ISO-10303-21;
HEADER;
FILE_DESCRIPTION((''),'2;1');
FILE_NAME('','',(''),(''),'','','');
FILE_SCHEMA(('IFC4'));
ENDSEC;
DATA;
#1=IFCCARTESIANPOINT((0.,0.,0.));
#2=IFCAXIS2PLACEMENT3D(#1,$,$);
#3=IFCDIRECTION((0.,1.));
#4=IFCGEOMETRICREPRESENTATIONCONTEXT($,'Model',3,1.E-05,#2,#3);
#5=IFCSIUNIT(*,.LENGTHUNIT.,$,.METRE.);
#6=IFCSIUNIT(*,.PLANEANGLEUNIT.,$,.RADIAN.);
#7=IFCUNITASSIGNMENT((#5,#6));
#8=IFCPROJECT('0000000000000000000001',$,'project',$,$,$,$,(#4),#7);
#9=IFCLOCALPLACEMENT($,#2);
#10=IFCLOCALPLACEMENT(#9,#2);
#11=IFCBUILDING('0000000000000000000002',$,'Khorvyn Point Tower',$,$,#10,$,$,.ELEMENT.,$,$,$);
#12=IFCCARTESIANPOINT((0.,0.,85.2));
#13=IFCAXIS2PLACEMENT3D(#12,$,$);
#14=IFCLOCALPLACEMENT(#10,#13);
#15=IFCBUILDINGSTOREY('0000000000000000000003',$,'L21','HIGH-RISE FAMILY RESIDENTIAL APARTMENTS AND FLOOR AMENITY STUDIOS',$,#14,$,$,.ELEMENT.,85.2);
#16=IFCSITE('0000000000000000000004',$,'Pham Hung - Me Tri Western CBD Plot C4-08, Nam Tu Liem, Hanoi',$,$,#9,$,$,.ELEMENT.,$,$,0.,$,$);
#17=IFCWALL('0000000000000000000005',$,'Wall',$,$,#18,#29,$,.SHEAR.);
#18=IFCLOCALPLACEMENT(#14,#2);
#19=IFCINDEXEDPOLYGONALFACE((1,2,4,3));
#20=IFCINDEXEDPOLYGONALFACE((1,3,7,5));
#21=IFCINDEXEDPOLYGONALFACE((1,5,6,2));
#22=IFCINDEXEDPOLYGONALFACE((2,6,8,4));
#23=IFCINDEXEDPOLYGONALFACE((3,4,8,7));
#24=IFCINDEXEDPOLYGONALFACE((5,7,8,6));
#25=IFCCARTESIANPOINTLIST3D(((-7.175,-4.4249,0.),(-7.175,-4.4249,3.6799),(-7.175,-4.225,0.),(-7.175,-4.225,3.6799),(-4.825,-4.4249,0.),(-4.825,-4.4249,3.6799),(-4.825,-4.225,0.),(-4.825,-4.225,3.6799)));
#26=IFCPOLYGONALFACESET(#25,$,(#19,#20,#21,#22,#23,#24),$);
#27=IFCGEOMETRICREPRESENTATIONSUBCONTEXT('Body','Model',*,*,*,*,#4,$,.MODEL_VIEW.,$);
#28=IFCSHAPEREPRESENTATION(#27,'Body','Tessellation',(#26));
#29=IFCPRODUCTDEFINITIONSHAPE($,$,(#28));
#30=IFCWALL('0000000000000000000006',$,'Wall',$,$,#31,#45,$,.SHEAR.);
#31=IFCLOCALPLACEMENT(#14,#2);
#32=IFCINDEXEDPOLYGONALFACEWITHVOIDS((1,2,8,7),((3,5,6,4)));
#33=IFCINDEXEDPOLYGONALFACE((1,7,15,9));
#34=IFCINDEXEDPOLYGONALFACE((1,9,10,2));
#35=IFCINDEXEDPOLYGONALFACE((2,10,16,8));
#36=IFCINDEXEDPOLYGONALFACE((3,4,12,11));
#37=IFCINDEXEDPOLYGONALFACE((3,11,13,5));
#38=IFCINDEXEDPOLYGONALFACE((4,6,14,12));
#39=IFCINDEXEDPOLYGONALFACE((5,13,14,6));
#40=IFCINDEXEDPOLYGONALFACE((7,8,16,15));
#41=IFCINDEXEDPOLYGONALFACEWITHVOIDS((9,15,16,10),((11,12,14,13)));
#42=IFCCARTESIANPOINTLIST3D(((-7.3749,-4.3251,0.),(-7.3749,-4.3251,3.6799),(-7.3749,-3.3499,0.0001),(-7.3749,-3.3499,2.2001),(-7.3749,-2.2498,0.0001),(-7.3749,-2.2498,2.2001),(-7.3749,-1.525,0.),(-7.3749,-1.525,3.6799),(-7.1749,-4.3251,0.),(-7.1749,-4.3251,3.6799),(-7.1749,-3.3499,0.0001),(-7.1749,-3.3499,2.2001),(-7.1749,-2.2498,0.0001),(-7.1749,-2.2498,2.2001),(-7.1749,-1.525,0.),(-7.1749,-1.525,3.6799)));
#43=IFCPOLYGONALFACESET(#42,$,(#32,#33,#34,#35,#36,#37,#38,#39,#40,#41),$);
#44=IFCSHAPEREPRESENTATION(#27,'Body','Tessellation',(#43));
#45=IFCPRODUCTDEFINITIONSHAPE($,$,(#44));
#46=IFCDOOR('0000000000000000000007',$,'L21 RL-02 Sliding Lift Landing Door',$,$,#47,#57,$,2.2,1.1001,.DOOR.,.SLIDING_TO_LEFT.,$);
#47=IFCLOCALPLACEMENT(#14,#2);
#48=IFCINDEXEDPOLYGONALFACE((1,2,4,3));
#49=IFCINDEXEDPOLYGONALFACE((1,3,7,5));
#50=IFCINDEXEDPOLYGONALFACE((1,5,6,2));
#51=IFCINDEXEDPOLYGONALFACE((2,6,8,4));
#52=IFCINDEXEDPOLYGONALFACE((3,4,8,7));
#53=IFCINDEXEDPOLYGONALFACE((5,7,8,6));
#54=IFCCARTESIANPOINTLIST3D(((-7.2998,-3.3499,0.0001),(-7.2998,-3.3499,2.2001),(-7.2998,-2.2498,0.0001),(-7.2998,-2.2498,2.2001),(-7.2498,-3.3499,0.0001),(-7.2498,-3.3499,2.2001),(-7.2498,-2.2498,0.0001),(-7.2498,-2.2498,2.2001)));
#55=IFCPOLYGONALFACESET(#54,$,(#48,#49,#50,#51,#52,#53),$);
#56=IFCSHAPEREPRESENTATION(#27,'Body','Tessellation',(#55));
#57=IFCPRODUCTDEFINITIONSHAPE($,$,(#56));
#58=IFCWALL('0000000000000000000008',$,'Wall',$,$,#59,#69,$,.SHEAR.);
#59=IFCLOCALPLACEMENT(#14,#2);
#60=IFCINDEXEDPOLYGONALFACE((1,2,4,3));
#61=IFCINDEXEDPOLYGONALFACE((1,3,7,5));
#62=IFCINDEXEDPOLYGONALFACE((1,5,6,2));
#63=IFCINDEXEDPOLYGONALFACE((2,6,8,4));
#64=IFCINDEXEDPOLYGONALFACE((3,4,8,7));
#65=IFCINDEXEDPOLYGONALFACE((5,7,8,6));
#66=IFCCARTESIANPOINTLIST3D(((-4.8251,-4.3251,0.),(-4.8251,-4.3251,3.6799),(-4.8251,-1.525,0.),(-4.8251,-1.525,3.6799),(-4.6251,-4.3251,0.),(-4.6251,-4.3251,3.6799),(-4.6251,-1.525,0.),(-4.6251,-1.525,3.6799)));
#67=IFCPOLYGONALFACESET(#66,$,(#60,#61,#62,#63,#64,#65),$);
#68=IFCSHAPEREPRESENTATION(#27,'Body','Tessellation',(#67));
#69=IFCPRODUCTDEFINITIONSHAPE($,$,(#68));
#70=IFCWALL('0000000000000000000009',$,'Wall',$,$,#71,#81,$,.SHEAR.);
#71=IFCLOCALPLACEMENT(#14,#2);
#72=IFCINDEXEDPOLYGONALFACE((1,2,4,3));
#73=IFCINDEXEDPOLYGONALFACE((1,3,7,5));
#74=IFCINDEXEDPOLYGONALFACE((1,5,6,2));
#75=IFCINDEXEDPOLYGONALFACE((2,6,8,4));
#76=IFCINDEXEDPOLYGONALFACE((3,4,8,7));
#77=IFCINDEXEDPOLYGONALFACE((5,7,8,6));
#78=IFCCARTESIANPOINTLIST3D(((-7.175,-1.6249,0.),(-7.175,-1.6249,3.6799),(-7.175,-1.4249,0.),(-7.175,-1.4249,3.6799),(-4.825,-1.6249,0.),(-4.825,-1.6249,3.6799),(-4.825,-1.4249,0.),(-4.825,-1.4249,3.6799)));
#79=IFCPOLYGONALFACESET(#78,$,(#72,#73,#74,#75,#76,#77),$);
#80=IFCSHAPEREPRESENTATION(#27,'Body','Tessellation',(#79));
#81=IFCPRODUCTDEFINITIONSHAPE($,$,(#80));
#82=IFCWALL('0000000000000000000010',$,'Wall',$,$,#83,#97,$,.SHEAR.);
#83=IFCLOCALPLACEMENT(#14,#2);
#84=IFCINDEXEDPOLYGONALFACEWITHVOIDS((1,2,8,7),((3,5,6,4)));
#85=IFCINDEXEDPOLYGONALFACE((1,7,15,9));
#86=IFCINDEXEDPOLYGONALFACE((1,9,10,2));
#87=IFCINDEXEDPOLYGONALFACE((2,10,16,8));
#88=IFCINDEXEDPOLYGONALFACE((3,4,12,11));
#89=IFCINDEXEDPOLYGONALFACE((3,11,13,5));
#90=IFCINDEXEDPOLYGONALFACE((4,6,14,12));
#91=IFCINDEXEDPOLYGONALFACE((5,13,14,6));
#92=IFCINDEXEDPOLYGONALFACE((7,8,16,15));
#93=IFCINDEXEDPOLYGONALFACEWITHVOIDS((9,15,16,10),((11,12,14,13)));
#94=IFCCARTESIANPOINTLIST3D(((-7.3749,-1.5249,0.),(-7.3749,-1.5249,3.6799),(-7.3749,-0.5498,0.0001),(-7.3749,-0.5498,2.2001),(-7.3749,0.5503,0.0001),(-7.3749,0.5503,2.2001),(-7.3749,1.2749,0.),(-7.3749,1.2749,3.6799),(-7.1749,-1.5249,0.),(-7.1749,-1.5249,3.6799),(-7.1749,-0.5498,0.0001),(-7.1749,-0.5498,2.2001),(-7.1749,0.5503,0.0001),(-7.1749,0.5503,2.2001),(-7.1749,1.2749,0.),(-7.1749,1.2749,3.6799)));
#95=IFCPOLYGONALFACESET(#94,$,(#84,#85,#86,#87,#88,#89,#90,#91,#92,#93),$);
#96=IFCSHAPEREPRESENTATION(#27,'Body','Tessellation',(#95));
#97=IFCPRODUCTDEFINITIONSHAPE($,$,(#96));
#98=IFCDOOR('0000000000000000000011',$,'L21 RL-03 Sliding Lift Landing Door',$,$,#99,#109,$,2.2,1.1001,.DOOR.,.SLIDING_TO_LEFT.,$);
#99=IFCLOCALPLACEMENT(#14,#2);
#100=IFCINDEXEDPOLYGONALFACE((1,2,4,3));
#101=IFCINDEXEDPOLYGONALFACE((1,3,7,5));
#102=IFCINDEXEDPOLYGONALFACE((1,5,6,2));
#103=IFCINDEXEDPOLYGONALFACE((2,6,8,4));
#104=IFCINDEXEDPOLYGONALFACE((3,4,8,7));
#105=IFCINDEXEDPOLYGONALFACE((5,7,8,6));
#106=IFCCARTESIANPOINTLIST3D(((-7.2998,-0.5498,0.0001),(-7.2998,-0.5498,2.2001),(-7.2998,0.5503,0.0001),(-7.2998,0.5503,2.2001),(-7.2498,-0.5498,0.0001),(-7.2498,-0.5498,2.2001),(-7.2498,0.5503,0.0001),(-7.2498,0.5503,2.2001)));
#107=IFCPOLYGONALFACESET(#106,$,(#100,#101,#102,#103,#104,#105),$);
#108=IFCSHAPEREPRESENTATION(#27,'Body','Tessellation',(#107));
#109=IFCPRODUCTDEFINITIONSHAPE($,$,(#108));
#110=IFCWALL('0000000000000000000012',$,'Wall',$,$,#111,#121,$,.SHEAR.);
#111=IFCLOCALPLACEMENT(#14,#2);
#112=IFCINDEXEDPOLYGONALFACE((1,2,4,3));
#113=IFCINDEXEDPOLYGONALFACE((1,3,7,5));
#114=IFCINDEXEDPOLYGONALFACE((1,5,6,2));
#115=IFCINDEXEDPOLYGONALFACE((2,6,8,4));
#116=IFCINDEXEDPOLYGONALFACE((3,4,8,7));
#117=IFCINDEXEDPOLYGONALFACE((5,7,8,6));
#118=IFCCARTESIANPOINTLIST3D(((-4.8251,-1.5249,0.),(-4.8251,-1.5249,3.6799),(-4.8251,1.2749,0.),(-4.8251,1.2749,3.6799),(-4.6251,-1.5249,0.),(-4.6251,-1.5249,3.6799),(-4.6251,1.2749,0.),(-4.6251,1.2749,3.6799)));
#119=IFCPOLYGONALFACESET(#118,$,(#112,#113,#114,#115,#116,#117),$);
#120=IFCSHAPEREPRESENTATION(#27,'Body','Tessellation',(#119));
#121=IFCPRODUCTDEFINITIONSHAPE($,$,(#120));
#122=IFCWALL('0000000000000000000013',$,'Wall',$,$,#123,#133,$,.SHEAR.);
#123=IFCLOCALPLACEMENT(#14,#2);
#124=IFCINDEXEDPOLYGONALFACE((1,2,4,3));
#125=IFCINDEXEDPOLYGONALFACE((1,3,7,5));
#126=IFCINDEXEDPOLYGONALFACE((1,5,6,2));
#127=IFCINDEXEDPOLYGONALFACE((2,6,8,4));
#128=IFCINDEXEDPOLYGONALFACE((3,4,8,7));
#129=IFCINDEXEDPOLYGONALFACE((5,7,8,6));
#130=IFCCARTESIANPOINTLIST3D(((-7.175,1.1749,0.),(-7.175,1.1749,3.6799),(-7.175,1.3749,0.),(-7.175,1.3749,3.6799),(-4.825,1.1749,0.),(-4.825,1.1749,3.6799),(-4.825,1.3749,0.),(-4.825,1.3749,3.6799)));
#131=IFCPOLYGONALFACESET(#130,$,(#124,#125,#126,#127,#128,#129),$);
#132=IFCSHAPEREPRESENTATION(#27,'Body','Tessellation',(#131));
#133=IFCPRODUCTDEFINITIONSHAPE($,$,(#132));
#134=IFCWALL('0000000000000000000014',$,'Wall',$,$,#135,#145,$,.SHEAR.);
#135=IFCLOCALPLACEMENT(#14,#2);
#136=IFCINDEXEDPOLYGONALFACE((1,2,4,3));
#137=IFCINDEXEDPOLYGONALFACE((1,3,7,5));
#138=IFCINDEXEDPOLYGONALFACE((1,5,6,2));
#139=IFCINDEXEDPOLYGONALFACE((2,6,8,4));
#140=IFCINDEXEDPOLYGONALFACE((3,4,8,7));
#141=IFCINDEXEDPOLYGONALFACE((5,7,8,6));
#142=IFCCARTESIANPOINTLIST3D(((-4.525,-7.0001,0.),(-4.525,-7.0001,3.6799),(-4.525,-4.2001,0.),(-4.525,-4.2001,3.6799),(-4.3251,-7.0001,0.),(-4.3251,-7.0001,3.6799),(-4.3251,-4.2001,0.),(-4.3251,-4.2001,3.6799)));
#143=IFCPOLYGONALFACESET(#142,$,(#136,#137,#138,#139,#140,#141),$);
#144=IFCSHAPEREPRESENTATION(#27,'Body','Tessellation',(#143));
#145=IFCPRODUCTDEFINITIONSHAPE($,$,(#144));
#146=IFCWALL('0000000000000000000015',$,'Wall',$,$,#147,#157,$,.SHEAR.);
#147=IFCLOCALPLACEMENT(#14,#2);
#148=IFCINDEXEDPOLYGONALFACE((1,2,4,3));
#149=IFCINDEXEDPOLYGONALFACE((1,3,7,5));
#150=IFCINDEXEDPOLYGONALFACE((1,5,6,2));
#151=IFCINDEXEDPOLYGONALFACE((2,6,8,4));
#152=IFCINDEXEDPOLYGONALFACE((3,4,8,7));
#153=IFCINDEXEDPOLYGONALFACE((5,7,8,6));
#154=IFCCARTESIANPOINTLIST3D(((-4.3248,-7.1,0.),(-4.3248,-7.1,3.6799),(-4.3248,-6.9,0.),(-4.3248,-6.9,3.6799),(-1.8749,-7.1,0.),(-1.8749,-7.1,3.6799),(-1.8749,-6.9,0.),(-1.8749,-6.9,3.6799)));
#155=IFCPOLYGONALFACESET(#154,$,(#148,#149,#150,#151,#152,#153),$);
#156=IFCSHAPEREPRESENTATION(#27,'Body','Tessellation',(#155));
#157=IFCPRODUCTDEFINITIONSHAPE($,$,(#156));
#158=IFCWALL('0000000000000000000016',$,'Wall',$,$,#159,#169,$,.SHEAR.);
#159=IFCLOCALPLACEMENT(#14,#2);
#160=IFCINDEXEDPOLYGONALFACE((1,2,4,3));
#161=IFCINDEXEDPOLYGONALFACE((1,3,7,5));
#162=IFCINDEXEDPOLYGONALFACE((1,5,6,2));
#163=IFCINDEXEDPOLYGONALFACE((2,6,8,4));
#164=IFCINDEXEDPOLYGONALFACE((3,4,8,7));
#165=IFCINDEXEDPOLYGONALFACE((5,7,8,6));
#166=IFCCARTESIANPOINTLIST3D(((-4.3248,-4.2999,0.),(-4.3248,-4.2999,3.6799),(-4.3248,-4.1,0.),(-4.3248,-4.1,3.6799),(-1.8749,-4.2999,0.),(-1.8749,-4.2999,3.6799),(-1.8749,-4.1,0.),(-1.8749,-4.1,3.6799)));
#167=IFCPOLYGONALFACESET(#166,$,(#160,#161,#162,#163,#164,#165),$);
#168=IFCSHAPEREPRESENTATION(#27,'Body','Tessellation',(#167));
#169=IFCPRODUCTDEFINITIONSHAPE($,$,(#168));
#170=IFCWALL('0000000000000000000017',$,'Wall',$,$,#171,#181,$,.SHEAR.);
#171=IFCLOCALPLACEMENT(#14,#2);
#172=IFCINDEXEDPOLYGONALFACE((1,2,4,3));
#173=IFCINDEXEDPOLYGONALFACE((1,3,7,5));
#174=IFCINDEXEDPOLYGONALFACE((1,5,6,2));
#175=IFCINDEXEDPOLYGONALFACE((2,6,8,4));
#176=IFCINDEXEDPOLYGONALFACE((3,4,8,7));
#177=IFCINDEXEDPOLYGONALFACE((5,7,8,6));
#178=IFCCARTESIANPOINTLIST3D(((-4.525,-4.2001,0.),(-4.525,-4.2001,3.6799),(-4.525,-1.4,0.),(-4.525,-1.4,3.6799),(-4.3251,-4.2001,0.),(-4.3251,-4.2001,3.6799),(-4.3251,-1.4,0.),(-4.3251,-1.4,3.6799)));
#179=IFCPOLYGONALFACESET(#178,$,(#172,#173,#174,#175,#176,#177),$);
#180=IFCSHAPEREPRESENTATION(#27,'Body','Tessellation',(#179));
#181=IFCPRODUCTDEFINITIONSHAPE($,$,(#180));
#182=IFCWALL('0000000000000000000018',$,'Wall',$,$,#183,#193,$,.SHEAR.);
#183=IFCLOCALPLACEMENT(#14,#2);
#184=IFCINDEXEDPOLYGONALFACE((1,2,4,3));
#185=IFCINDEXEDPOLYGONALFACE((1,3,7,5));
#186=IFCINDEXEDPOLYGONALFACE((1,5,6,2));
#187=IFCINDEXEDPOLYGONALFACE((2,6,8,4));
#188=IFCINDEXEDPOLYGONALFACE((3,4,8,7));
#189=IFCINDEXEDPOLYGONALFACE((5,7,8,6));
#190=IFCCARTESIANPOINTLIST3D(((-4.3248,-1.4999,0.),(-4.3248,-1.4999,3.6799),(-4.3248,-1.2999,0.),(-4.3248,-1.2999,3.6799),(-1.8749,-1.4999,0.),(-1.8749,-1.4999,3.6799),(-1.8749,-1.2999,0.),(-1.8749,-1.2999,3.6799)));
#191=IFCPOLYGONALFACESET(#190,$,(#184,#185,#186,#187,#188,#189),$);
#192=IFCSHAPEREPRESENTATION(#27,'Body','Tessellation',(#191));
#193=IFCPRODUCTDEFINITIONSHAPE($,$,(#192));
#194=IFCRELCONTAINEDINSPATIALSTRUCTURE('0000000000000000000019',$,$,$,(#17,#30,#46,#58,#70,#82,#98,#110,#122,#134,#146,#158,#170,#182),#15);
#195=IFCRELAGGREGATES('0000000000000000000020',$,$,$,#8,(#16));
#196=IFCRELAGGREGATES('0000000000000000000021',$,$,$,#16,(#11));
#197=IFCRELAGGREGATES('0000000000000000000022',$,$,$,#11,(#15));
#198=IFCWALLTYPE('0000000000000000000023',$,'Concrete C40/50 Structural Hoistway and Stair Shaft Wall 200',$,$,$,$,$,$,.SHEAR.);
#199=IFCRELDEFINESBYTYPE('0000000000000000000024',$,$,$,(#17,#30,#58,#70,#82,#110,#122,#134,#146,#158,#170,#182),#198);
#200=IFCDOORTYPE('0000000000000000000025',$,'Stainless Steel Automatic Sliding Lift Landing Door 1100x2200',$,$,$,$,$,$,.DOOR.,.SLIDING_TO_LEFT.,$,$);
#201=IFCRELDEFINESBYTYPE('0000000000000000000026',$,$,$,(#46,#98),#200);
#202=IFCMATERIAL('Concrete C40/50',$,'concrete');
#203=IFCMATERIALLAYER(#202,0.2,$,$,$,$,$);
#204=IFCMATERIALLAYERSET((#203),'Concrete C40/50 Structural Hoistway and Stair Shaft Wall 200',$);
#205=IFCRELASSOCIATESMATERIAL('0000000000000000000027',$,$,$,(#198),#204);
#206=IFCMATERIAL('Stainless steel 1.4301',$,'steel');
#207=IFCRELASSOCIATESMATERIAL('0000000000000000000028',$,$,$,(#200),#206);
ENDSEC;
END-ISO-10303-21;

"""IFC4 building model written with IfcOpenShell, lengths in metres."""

from ifc_helpers import new_model, si_unit, direction, frame, frame_2d, origin, place, context, subcontext, project, spatial, rectangle, extrude, material, layer, layer_set, type_object, element, fill, save


model = new_model("IFC4")

# Units and contexts
model_context = context("Model", 3, precision=1e-05, world=origin(), true_north=direction((0.0, 1.0)))
body_context = subcontext(model_context, "Body", "Model", "MODEL_VIEW")
ifc_project = project(units=[si_unit("LENGTHUNIT", "METRE"), si_unit("PLANEANGLEUNIT", "RADIAN")], contexts=[model_context])

# Site, building, storey
site_placement = place(None, origin())
site = spatial("IfcSite", under=ifc_project, at=site_placement, Name="Pham Hung - Me Tri Western CBD Plot C4-08, Nam Tu Liem, Hanoi", CompositionType="ELEMENT", RefElevation=0.0)
building_placement = place(site_placement, origin())
building = spatial("IfcBuilding", under=site, at=building_placement, Name="Khorvyn Point Tower", CompositionType="ELEMENT")
storey_placement = place(building_placement, frame((0.0, 0.0, 85.2)))
storey = spatial("IfcBuildingStorey", under=building, at=storey_placement, Name="L21", Description="HIGH-RISE FAMILY RESIDENTIAL APARTMENTS AND FLOOR AMENITY STUDIOS", CompositionType="ELEMENT", Elevation=85.2)

# Shared definitions
ifc_material_1 = material(Name="Concrete C40/50", Category="concrete")

# Shared definitions
ifc_layer_1 = layer(ifc_material_1, 0.2)
ifc_layer_set_1 = layer_set([ifc_layer_1], Name="Concrete C40/50 Structural Hoistway and Stair Shaft Wall 200")
wall_type_1 = type_object("IfcWallType", Name="Concrete C40/50 Structural Hoistway and Stair Shaft Wall 200", PredefinedType="SHEAR", material=ifc_layer_set_1)
ifc_material_2 = material(Name="Stainless steel 1.4301", Category="steel")
door_type_1 = type_object("IfcDoorType", Name="Stainless Steel Automatic Sliding Lift Landing Door 1100x2200", OperationType="SLIDING_TO_LEFT", PredefinedType="DOOR", material=ifc_material_2)

# Wall
for number, where, z_axis, x_axis, name in (
    (1, (-7.175, -4.325, 0.0), (0.0, 0.0, 1.0), (1.0, 0.0, 0.0), "Wall"),
):
    element("IfcWall", number, at=place(storey_placement, frame(where, z_axis=z_axis, x_axis=x_axis)), inside=storey, type_object=wall_type_1, Name=name, PredefinedType="SHEAR", context=body_context, shape_type="SweptSolid", body=[
        extrude(rectangle(XDim=2.3501, YDim=0.2, at=frame_2d((1.175, 0.0))), origin(), (0.0, 0.0, 1.0), 3.6799),
    ])

# Wall, opening, door
wall_1_placement = place(storey_placement, frame((-7.2749, -4.325, 0.0), z_axis=(0.0, 0.0, 1.0), x_axis=(0.0, 1.0, 0.0)))
wall_1 = element("IfcWall", 2, at=wall_1_placement, inside=storey, type_object=wall_type_1, Name="Wall", PredefinedType="SHEAR", context=body_context, shape_type="SweptSolid", body=[
    extrude(rectangle(XDim=2.8, YDim=0.2, at=frame_2d((1.3999, 0.0))), origin(), (0.0, 0.0, 1.0), 3.6799),
])
opening_1_placement = place(wall_1_placement, frame((0.9751, 0.0, 0.0)))
opening_1 = element("IfcOpeningElement", 3, at=opening_1_placement, cuts=wall_1, PredefinedType="OPENING", context=body_context, shape_type="SweptSolid", body=[
    extrude(rectangle(XDim=1.1001, YDim=2.2, at=frame_2d((0.55, 1.1001))), frame((0.0, 0.1099, 0.0), z_axis=(0.0, -1.0, 0.0), x_axis=(1.0, 0.0, 0.0)), (0.0, 0.0, 1.0), 0.22),
])
door_1_placement = place(opening_1_placement, origin())
door_1 = element("IfcDoor", 4, at=door_1_placement, inside=storey, type_object=door_type_1, Name="L21 RL-02 Sliding Lift Landing Door", OperationType="SLIDING_TO_LEFT", OverallHeight=2.2, OverallWidth=1.1001, PredefinedType="DOOR", context=body_context, shape_type="SweptSolid", body=[
    extrude(rectangle(XDim=1.1001, YDim=2.2, at=frame_2d((0.55, 1.1001))), frame((0.0, 0.0249, 0.0), z_axis=(0.0, -1.0, 0.0), x_axis=(1.0, 0.0, 0.0)), (0.0, 0.0, 1.0), 0.05),
])
fill(opening_1, door_1)

# Walls
wall_2_placement = place(storey_placement, frame((-4.7251, -4.325, 0.0), z_axis=(0.0, 0.0, 1.0), x_axis=(0.0, 1.0, 0.0)))
element("IfcWall", 5, at=wall_2_placement, inside=storey, type_object=wall_type_1, Name="Wall", PredefinedType="SHEAR", context=body_context, shape_type="SweptSolid", body=[
    extrude(rectangle(XDim=2.8, YDim=0.2, at=frame_2d((1.3999, 0.0))), origin(), (0.0, 0.0, 1.0), 3.6799),
])
wall_3_placement = place(storey_placement, frame((-7.175, -1.5249, 0.0), z_axis=(0.0, 0.0, 1.0), x_axis=(1.0, 0.0, 0.0)))
element("IfcWall", 6, at=wall_3_placement, inside=storey, type_object=wall_type_1, Name="Wall", PredefinedType="SHEAR", context=body_context, shape_type="SweptSolid", body=[
    extrude(rectangle(XDim=2.3501, YDim=0.2, at=frame_2d((1.175, 0.0))), origin(), (0.0, 0.0, 1.0), 3.6799),
])

# Wall, opening, door
wall_4_placement = place(storey_placement, frame((-7.2749, -1.5249, 0.0), z_axis=(0.0, 0.0, 1.0), x_axis=(0.0, 1.0, 0.0)))
wall_4 = element("IfcWall", 7, at=wall_4_placement, inside=storey, type_object=wall_type_1, Name="Wall", PredefinedType="SHEAR", context=body_context, shape_type="SweptSolid", body=[
    extrude(rectangle(XDim=2.7998, YDim=0.2, at=frame_2d((1.3999, 0.0))), origin(), (0.0, 0.0, 1.0), 3.6799),
])
opening_2_placement = place(wall_4_placement, frame((0.9751, 0.0, 0.0)))
opening_2 = element("IfcOpeningElement", 8, at=opening_2_placement, cuts=wall_4, PredefinedType="OPENING", context=body_context, shape_type="SweptSolid", body=[
    extrude(rectangle(XDim=1.1001, YDim=2.2, at=frame_2d((0.55, 1.1001))), frame((0.0, 0.1099, 0.0), z_axis=(0.0, -1.0, 0.0), x_axis=(1.0, 0.0, 0.0)), (0.0, 0.0, 1.0), 0.22),
])
door_2_placement = place(opening_2_placement, origin())
door_2 = element("IfcDoor", 9, at=door_2_placement, inside=storey, type_object=door_type_1, Name="L21 RL-03 Sliding Lift Landing Door", OperationType="SLIDING_TO_LEFT", OverallHeight=2.2, OverallWidth=1.1001, PredefinedType="DOOR", context=body_context, shape_type="SweptSolid", body=[
    extrude(rectangle(XDim=1.1001, YDim=2.2, at=frame_2d((0.55, 1.1001))), frame((0.0, 0.0249, 0.0), z_axis=(0.0, -1.0, 0.0), x_axis=(1.0, 0.0, 0.0)), (0.0, 0.0, 1.0), 0.05),
])
fill(opening_2, door_2)

# Walls
wall_5_placement = place(storey_placement, frame((-4.7251, -1.5249, 0.0), z_axis=(0.0, 0.0, 1.0), x_axis=(0.0, 1.0, 0.0)))
element("IfcWall", 10, at=wall_5_placement, inside=storey, type_object=wall_type_1, Name="Wall", PredefinedType="SHEAR", context=body_context, shape_type="SweptSolid", body=[
    extrude(rectangle(XDim=2.7998, YDim=0.2, at=frame_2d((1.3999, 0.0))), origin(), (0.0, 0.0, 1.0), 3.6799),
])
wall_6_placement = place(storey_placement, frame((-7.175, 1.2749, 0.0), z_axis=(0.0, 0.0, 1.0), x_axis=(1.0, 0.0, 0.0)))
element("IfcWall", 11, at=wall_6_placement, inside=storey, type_object=wall_type_1, Name="Wall", PredefinedType="SHEAR", context=body_context, shape_type="SweptSolid", body=[
    extrude(rectangle(XDim=2.3501, YDim=0.2, at=frame_2d((1.175, 0.0))), origin(), (0.0, 0.0, 1.0), 3.6799),
])
wall_7_placement = place(storey_placement, frame((-4.425, -7.0, 0.0), z_axis=(0.0, 0.0, 1.0), x_axis=(0.0, 1.0, 0.0)))
element("IfcWall", 12, at=wall_7_placement, inside=storey, type_object=wall_type_1, Name="Wall", PredefinedType="SHEAR", context=body_context, shape_type="SweptSolid", body=[
    extrude(rectangle(XDim=2.8, YDim=0.2, at=frame_2d((1.3999, 0.0))), origin(), (0.0, 0.0, 1.0), 3.6799),
])
for number, where, z_axis, x_axis, name in (
    (13, (-4.325, -7.0, 0.0), (0.0, 0.0, 1.0), (1.0, 0.0, 0.0), "Wall"),
    (14, (-4.325, -4.2, 0.0), (0.0, 0.0, 1.0), (1.0, 0.0, 0.0), "Wall"),
):
    element("IfcWall", number, at=place(storey_placement, frame(where, z_axis=z_axis, x_axis=x_axis)), inside=storey, type_object=wall_type_1, Name=name, PredefinedType="SHEAR", context=body_context, shape_type="SweptSolid", body=[
        extrude(rectangle(XDim=2.45, YDim=0.2, at=frame_2d((1.2251, 0.0))), origin(), (0.0, 0.0, 1.0), 3.6799),
    ])
wall_8_placement = place(storey_placement, frame((-4.425, -4.2, 0.0), z_axis=(0.0, 0.0, 1.0), x_axis=(0.0, 1.0, 0.0)))
element("IfcWall", 15, at=wall_8_placement, inside=storey, type_object=wall_type_1, Name="Wall", PredefinedType="SHEAR", context=body_context, shape_type="SweptSolid", body=[
    extrude(rectangle(XDim=2.8, YDim=0.2, at=frame_2d((1.3999, 0.0))), origin(), (0.0, 0.0, 1.0), 3.6799),
])
wall_9_placement = place(storey_placement, frame((-4.325, -1.3999, 0.0), z_axis=(0.0, 0.0, 1.0), x_axis=(1.0, 0.0, 0.0)))
element("IfcWall", 16, at=wall_9_placement, inside=storey, type_object=wall_type_1, Name="Wall", PredefinedType="SHEAR", context=body_context, shape_type="SweptSolid", body=[
    extrude(rectangle(XDim=2.45, YDim=0.2, at=frame_2d((1.2251, 0.0))), origin(), (0.0, 0.0, 1.0), 3.6799),
])

save(model, "model.ifc")
